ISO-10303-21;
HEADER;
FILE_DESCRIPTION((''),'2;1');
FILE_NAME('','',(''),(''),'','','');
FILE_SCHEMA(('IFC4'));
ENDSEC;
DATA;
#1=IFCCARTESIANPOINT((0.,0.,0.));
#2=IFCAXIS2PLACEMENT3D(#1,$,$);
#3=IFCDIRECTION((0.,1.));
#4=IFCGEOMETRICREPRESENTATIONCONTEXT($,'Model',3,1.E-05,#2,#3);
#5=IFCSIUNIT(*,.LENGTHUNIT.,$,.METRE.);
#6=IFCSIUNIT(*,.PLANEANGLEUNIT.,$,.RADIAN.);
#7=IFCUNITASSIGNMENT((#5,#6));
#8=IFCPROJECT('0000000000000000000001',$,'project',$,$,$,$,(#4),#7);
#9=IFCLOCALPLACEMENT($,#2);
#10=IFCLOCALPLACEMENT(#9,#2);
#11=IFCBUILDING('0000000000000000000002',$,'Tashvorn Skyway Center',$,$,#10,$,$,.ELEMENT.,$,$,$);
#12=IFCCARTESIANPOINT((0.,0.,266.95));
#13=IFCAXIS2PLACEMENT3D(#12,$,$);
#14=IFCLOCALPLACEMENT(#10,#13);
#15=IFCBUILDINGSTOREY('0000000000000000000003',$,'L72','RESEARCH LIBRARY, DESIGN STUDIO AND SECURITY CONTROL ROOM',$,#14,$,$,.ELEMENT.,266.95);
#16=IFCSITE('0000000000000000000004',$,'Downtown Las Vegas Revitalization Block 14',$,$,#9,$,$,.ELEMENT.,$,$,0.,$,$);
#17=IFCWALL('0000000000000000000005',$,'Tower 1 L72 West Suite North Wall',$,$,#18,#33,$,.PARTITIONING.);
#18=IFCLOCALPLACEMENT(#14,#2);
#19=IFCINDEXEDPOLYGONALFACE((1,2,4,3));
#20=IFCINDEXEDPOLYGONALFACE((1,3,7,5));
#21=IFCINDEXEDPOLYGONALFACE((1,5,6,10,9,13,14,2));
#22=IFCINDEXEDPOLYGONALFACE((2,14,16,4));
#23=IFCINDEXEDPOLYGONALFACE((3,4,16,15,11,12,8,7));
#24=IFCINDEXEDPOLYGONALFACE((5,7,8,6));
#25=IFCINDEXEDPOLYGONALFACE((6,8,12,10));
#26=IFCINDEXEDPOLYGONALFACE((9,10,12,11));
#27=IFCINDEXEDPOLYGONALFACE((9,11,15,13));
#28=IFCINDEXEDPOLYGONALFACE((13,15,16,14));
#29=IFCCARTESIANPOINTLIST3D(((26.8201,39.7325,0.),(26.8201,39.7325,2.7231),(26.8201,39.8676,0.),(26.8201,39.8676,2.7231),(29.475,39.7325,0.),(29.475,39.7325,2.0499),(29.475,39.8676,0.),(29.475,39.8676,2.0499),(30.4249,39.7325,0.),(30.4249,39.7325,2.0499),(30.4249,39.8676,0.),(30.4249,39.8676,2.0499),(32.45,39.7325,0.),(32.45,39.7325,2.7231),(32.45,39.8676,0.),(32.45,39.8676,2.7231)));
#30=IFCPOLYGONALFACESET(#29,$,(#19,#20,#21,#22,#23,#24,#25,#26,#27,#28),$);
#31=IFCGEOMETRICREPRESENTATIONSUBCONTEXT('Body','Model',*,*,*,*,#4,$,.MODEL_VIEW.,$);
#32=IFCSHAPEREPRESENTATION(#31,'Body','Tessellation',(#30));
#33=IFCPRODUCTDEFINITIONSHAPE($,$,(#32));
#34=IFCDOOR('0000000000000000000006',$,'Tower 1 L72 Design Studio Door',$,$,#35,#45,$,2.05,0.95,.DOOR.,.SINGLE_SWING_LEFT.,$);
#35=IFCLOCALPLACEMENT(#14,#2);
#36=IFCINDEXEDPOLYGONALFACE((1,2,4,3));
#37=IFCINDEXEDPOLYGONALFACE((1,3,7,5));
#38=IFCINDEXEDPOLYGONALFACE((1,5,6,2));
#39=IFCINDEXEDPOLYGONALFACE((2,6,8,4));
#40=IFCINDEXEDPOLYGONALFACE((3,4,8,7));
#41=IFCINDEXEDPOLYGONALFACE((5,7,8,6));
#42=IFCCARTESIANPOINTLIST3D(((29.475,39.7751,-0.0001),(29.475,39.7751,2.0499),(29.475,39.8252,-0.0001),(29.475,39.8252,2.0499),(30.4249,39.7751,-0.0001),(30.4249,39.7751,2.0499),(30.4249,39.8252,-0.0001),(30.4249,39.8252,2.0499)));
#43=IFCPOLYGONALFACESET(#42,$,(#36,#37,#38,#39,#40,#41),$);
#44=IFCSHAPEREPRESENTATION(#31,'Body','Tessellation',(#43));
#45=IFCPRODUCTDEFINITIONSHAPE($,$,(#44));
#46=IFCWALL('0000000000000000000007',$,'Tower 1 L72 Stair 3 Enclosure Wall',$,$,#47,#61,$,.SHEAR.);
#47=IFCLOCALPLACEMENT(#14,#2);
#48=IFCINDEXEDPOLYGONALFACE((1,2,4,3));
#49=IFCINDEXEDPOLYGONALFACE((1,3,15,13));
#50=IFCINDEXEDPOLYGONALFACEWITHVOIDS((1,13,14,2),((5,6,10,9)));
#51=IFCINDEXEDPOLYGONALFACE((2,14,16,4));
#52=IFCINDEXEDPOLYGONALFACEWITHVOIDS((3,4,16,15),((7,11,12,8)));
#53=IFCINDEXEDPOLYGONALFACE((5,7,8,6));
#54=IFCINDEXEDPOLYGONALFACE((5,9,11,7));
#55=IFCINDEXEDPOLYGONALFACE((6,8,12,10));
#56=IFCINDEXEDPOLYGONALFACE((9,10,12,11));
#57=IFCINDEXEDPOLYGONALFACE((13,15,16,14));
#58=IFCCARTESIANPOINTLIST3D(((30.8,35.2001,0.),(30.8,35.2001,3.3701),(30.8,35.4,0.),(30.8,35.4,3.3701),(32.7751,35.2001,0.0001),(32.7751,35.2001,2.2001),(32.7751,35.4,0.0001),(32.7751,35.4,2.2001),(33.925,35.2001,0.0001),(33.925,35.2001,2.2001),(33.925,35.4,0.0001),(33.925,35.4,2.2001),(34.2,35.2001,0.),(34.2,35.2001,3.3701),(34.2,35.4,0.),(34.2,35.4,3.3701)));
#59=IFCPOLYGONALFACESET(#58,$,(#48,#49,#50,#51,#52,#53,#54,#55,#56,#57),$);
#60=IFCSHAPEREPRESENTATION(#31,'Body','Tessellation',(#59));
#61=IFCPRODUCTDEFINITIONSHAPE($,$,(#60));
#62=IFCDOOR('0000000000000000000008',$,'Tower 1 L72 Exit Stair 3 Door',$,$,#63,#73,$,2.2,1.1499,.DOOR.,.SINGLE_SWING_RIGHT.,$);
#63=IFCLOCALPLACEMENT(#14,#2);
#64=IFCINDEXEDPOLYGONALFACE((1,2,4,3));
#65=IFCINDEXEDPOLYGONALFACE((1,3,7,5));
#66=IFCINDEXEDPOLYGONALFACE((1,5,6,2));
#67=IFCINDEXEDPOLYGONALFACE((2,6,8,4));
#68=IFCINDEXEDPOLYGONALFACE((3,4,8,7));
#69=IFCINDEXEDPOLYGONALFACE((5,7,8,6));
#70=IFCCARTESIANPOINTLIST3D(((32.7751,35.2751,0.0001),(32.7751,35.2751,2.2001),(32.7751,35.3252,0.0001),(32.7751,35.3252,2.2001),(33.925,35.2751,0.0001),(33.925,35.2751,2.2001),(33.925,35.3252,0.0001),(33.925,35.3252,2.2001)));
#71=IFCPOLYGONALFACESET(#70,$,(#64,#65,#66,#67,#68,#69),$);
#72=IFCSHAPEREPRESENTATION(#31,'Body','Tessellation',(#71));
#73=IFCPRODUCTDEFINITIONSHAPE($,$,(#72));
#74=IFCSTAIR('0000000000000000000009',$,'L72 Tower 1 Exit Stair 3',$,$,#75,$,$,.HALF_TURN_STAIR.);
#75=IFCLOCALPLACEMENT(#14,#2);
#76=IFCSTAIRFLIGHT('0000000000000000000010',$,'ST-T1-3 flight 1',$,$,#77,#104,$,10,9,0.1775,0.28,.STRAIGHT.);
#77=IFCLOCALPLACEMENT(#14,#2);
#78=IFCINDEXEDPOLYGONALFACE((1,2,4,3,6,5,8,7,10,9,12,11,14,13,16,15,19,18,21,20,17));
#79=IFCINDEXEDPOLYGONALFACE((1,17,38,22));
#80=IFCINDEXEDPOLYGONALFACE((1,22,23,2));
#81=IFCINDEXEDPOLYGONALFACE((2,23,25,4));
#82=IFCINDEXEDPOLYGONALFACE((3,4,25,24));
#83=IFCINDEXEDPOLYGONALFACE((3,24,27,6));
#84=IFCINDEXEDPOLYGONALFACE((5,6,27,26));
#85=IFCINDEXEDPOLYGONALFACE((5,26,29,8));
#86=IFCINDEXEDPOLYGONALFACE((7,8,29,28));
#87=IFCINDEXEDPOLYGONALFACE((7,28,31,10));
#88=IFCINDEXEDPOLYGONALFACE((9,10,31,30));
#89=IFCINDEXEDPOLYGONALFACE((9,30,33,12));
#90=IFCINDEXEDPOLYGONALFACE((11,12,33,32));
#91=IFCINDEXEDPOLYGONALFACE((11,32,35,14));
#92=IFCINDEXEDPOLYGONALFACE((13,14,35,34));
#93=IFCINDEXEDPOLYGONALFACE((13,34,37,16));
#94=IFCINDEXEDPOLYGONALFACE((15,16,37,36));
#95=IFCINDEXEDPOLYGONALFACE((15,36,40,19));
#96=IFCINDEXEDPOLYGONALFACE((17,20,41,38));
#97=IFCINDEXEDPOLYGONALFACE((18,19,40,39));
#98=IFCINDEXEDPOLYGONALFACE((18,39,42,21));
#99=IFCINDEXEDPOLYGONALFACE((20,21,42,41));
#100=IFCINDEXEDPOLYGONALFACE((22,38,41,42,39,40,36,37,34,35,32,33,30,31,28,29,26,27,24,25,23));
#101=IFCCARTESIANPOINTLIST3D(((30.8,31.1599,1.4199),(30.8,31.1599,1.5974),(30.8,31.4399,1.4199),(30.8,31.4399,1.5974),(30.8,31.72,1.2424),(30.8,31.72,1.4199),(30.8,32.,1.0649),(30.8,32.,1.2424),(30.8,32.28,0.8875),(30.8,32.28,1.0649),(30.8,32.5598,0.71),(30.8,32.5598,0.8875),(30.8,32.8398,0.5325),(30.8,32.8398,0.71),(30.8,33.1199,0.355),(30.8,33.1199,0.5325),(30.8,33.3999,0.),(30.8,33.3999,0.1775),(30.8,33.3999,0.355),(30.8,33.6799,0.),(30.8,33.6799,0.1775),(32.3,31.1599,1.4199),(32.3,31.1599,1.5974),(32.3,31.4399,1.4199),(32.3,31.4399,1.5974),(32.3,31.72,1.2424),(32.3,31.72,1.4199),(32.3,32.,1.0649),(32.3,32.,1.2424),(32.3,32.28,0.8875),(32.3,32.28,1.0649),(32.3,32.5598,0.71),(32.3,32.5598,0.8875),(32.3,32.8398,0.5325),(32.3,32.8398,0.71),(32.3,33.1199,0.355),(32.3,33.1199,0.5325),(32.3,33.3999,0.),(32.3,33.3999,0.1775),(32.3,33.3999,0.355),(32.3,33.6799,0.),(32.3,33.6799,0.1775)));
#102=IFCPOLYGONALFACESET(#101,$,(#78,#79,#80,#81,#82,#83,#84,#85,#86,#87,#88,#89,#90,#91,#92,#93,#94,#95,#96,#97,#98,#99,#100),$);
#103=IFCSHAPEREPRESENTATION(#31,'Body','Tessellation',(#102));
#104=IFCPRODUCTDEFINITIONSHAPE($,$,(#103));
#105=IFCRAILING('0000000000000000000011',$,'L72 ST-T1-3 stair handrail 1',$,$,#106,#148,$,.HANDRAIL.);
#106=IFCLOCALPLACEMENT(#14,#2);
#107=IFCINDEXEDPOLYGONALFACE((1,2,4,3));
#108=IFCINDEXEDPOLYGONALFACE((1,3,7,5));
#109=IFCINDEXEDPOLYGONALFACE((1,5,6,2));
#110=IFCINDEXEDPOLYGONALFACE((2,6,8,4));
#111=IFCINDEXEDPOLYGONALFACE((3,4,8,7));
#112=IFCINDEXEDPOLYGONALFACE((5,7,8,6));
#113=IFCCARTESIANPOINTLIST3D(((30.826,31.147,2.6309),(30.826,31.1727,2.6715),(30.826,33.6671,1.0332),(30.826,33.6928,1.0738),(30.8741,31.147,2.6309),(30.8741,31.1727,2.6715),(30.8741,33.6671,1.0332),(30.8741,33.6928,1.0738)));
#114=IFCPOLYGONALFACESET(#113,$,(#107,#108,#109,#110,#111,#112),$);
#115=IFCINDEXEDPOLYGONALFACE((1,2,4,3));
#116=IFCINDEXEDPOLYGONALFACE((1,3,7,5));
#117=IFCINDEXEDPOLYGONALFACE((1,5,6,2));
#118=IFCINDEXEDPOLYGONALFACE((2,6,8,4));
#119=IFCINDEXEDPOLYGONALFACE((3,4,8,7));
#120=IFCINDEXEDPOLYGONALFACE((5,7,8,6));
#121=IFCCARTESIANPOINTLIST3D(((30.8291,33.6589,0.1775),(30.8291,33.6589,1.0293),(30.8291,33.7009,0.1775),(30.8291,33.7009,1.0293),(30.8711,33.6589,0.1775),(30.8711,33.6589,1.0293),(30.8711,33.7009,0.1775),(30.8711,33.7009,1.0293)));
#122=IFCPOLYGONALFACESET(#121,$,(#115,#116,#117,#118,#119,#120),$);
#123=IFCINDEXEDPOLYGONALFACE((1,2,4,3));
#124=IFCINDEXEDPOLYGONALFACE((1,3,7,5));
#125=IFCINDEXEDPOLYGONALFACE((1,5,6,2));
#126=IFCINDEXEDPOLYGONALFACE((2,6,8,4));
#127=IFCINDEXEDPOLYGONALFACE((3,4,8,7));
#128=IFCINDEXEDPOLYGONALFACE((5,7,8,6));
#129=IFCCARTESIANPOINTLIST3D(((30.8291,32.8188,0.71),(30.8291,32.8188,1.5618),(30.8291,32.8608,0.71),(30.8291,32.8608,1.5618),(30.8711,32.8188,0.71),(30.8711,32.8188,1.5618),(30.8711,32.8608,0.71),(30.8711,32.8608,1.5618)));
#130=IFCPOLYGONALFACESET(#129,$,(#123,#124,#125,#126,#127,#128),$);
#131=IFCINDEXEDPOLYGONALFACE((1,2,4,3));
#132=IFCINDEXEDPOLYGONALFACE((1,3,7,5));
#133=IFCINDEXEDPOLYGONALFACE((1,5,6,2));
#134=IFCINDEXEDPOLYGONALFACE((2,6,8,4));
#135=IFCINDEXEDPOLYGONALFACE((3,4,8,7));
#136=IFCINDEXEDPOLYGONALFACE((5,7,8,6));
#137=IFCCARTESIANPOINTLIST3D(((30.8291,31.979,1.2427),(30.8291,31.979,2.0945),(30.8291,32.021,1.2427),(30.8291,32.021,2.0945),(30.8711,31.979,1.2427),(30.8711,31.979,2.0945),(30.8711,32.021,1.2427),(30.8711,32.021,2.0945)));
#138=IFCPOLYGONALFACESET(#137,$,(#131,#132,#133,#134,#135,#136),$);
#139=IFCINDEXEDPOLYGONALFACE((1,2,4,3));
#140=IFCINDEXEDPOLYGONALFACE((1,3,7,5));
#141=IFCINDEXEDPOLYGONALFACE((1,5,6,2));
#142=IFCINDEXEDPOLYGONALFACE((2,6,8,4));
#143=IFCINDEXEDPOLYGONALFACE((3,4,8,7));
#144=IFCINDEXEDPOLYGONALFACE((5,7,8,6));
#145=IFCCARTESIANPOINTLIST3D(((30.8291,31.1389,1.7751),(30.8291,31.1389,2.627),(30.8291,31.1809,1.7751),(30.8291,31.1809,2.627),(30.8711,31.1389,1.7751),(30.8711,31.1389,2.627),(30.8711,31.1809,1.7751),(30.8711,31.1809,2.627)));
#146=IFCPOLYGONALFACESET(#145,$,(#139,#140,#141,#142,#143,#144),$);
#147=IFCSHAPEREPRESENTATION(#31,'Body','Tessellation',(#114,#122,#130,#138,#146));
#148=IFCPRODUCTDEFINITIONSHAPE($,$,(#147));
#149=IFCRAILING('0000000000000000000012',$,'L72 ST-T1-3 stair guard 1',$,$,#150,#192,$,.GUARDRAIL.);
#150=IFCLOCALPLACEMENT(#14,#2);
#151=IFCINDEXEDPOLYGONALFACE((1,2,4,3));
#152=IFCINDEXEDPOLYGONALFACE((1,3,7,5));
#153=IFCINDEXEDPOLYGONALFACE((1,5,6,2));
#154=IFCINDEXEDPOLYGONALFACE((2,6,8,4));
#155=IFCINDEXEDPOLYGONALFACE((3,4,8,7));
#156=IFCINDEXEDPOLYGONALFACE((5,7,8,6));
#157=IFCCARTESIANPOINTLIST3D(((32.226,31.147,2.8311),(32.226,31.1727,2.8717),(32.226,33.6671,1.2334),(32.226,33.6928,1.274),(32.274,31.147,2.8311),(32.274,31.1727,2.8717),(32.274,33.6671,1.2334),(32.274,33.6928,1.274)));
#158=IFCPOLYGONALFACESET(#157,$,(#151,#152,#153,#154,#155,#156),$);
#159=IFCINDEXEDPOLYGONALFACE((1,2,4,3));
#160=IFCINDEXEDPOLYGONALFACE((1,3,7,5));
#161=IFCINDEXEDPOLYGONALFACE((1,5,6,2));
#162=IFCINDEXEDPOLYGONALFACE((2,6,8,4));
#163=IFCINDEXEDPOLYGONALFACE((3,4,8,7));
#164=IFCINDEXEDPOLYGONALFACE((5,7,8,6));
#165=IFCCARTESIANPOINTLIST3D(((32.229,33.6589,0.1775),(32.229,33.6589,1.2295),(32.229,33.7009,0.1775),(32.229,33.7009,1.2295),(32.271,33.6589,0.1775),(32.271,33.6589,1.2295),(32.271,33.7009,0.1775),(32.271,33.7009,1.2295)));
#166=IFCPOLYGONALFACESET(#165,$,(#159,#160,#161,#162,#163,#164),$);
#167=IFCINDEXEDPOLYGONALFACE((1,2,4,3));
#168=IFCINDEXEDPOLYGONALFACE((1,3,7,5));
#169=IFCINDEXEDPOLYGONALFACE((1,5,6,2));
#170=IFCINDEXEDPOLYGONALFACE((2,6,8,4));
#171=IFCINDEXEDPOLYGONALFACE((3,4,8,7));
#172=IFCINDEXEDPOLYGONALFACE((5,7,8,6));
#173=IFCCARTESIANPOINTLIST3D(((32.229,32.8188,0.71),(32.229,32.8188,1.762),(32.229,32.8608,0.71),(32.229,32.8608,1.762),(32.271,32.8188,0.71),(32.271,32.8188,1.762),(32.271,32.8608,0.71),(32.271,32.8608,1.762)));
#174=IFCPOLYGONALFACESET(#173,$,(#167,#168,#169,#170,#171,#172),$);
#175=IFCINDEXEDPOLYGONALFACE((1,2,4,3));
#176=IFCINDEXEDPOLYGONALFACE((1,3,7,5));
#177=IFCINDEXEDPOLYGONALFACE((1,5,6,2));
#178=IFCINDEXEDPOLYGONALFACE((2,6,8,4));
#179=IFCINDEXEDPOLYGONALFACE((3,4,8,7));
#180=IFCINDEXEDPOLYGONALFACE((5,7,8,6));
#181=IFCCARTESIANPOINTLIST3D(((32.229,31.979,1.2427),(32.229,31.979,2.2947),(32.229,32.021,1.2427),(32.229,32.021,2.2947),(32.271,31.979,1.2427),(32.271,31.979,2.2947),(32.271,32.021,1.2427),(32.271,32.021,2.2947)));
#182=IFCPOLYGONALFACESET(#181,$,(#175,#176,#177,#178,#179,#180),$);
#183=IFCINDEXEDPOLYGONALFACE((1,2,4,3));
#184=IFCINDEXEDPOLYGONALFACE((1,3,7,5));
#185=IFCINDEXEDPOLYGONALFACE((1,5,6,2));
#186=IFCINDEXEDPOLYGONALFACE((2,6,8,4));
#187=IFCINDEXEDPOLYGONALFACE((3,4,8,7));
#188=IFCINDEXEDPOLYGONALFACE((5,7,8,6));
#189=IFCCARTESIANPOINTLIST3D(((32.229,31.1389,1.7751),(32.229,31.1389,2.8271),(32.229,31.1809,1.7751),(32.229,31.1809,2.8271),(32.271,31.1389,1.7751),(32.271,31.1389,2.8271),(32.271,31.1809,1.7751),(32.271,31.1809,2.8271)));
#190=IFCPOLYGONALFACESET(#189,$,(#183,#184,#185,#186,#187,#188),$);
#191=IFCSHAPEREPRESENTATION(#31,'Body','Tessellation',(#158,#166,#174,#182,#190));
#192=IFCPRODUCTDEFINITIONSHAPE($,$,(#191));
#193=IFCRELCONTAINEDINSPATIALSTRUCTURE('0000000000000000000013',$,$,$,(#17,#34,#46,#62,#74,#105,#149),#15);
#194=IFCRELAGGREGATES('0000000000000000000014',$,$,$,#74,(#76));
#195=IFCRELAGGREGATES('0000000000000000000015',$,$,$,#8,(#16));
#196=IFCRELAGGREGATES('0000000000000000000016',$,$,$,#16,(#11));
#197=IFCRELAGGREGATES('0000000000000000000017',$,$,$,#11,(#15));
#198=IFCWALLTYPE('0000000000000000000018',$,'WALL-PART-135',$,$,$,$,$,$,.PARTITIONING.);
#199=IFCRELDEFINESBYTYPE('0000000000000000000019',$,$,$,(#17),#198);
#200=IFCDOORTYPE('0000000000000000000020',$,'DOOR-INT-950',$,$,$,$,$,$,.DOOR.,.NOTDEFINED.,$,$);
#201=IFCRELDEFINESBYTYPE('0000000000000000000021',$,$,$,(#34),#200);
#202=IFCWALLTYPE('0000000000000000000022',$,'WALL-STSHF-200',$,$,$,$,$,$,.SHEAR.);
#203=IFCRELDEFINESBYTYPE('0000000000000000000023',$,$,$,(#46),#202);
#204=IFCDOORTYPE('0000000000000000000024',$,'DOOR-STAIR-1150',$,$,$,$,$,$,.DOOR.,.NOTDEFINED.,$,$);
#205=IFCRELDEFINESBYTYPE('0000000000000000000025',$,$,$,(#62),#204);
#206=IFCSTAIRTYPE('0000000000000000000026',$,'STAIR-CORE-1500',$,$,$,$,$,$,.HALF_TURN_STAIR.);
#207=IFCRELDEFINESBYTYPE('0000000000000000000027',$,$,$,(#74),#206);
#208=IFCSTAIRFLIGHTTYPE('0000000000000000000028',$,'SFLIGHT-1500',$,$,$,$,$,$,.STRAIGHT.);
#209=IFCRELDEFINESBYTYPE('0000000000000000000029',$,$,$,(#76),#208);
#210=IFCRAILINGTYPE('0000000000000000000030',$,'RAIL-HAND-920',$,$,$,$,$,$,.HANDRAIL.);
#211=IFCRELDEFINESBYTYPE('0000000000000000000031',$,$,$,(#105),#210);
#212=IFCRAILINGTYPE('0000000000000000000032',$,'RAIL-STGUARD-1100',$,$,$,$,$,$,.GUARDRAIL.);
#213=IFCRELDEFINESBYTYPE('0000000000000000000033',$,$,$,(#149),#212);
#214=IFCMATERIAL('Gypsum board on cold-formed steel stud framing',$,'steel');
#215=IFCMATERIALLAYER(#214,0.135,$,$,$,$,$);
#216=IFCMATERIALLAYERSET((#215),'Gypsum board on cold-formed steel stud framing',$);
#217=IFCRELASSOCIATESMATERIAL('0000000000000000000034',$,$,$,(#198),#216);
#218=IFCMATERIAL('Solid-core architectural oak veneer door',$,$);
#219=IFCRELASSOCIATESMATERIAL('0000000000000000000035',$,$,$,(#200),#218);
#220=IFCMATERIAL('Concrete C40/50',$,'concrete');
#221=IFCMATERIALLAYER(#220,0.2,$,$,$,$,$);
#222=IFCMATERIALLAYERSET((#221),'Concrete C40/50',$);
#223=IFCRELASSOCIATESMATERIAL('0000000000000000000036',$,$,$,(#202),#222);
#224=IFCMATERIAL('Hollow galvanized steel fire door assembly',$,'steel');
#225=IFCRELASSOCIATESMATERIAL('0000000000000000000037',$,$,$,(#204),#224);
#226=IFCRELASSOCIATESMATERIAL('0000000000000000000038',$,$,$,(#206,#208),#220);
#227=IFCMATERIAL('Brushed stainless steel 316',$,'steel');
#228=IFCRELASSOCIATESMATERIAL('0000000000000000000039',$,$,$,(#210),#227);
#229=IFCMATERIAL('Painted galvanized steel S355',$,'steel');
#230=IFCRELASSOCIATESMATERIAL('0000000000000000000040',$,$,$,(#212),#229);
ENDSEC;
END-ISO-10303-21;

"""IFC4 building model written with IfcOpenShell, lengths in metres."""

from ifc_helpers import new_model, si_unit, direction, frame, frame_2d, origin, origin_2d, place, context, subcontext, project, spatial, polyline, rectangle, outline, extrude, material, layer, layer_set, type_object, element, fill, aggregate, save


model = new_model("IFC4")

# Units and contexts
model_context = context("Model", 3, precision=1e-05, world=origin(), true_north=direction((0.0, 1.0)))
body_context = subcontext(model_context, "Body", "Model", "MODEL_VIEW")
ifc_project = project(units=[si_unit("LENGTHUNIT", "METRE"), si_unit("PLANEANGLEUNIT", "RADIAN")], contexts=[model_context])

# Site, building, storey
site_placement = place(None, origin())
site = spatial("IfcSite", under=ifc_project, at=site_placement, Name="Downtown Las Vegas Revitalization Block 14", CompositionType="ELEMENT", RefElevation=0.0)
building_placement = place(site_placement, origin())
building = spatial("IfcBuilding", under=site, at=building_placement, Name="Tashvorn Skyway Center", CompositionType="ELEMENT")
storey_placement = place(building_placement, frame((0.0, 0.0, 266.95)))
storey = spatial("IfcBuildingStorey", under=building, at=storey_placement, Name="L72", Description="RESEARCH LIBRARY, DESIGN STUDIO AND SECURITY CONTROL ROOM", CompositionType="ELEMENT", Elevation=266.95)

# Shared definitions
ifc_material_1 = material(Name="Gypsum board on cold-formed steel stud framing", Category="steel")
ifc_layer_1 = layer(ifc_material_1, 0.135)
ifc_layer_set_1 = layer_set([ifc_layer_1], Name="Gypsum board on cold-formed steel stud framing")
wall_type_1 = type_object("IfcWallType", Name="WALL-PART-135", PredefinedType="PARTITIONING", material=ifc_layer_set_1)

# Shared definitions
ifc_material_2 = material(Name="Solid-core architectural oak veneer door")
door_type_1 = type_object("IfcDoorType", Name="DOOR-INT-950", OperationType="NOTDEFINED", PredefinedType="DOOR", material=ifc_material_2)

# Walls, openings, doors
wall_1_placement = place(storey_placement, frame((32.45, 39.8, 0.0), z_axis=(0.0, 0.0, 1.0), x_axis=(-1.0, 0.0, 0.0)))
wall_1 = element("IfcWall", 1, at=wall_1_placement, inside=storey, type_object=wall_type_1, Name="Tower 1 L72 West Suite North Wall", PredefinedType="PARTITIONING", context=body_context, shape_type="SweptSolid", body=[
    extrude(rectangle(XDim=5.6299, YDim=0.135, at=frame_2d((2.8149, 0.0))), origin(), (0.0, 0.0, 1.0), 2.7231),
])
opening_1_placement = place(wall_1_placement, frame((2.0249, 0.0, 0.0)))
opening_1 = element("IfcOpeningElement", 2, at=opening_1_placement, cuts=wall_1, PredefinedType="OPENING", context=body_context, shape_type="SweptSolid", body=[
    extrude(rectangle(XDim=0.95, YDim=2.05, at=frame_2d((0.4751, 1.0249))), frame((0.0, 0.0774, 0.0), z_axis=(0.0, -1.0, 0.0), x_axis=(1.0, 0.0, 0.0)), (0.0, 0.0, 1.0), 0.155),
])
door_1_placement = place(opening_1_placement, origin())
door_1 = element("IfcDoor", 3, at=door_1_placement, inside=storey, type_object=door_type_1, Name="Tower 1 L72 Design Studio Door", OperationType="SINGLE_SWING_LEFT", OverallHeight=2.05, OverallWidth=0.95, PredefinedType="DOOR", context=body_context, shape_type="SweptSolid", body=[
    extrude(rectangle(XDim=0.95, YDim=2.05, at=frame_2d((0.4751, 1.0249))), frame((0.0, 0.0249, 0.0), z_axis=(0.0, -1.0, 0.0), x_axis=(1.0, 0.0, 0.0)), (0.0, 0.0, 1.0), 0.05),
])
fill(opening_1, door_1)
ifc_material_3 = material(Name="Concrete C40/50", Category="concrete")
ifc_layer_2 = layer(ifc_material_3, 0.2)
ifc_layer_set_2 = layer_set([ifc_layer_2], Name="Concrete C40/50")
wall_type_2 = type_object("IfcWallType", Name="WALL-STSHF-200", PredefinedType="SHEAR", material=ifc_layer_set_2)
wall_2_placement = place(storey_placement, frame((34.2, 35.3, 0.0), z_axis=(0.0, 0.0, 1.0), x_axis=(-1.0, 0.0, 0.0)))
wall_2 = element("IfcWall", 4, at=wall_2_placement, inside=storey, type_object=wall_type_2, Name="Tower 1 L72 Stair 3 Enclosure Wall", PredefinedType="SHEAR", context=body_context, shape_type="SweptSolid", body=[
    extrude(rectangle(XDim=3.3999, YDim=0.2, at=frame_2d((1.7, 0.0))), origin(), (0.0, 0.0, 1.0), 3.3701),
])
opening_2_placement = place(wall_2_placement, frame((0.2749, 0.0, 0.0)))
opening_2 = element("IfcOpeningElement", 5, at=opening_2_placement, cuts=wall_2, PredefinedType="OPENING", context=body_context, shape_type="SweptSolid", body=[
    extrude(rectangle(XDim=1.1499, YDim=2.2, at=frame_2d((0.575, 1.1001))), frame((0.0, 0.1099, 0.0), z_axis=(0.0, -1.0, 0.0), x_axis=(1.0, 0.0, 0.0)), (0.0, 0.0, 1.0), 0.22),
])
ifc_material_4 = material(Name="Hollow galvanized steel fire door assembly", Category="steel")
door_type_2 = type_object("IfcDoorType", Name="DOOR-STAIR-1150", OperationType="NOTDEFINED", PredefinedType="DOOR", material=ifc_material_4)
door_2_placement = place(opening_2_placement, origin())
door_2 = element("IfcDoor", 6, at=door_2_placement, inside=storey, type_object=door_type_2, Name="Tower 1 L72 Exit Stair 3 Door", OperationType="SINGLE_SWING_RIGHT", OverallHeight=2.2, OverallWidth=1.1499, PredefinedType="DOOR", context=body_context, shape_type="SweptSolid", body=[
    extrude(rectangle(XDim=1.1499, YDim=2.2, at=frame_2d((0.575, 1.1001))), frame((0.0, 0.0249, 0.0), z_axis=(0.0, -1.0, 0.0), x_axis=(1.0, 0.0, 0.0)), (0.0, 0.0, 1.0), 0.05),
])
fill(opening_2, door_2)

# Stair, stair flight
stair_type = type_object("IfcStairType", Name="STAIR-CORE-1500", PredefinedType="HALF_TURN_STAIR", material=ifc_material_3)
stair_placement = place(storey_placement, origin())
stair = element("IfcStair", 7, at=stair_placement, inside=storey, type_object=stair_type, Name="L72 Tower 1 Exit Stair 3", PredefinedType="HALF_TURN_STAIR")
stair_flight_type = type_object("IfcStairFlightType", Name="SFLIGHT-1500", PredefinedType="STRAIGHT", material=ifc_material_3)
stair_flight_placement = place(storey_placement, frame((31.55, 33.6799, 0.0), z_axis=(0.0, 0.0, 1.0), x_axis=(0.0, -1.0, 0.0)))
stair_flight = element("IfcStairFlight", 8, at=stair_flight_placement, type_object=stair_flight_type, Name="ST-T1-3 flight 1", NumberOfRisers=10, NumberOfTreads=9, PredefinedType="STRAIGHT", RiserHeight=0.1775, TreadLength=0.28, context=body_context, shape_type="SweptSolid", body=[
    extrude(outline(polyline([(0.0, 0.0), (0.0, 0.1775), (0.28, 0.1775), (0.28, 0.355), (0.5601, 0.355), (0.5601, 0.5325), (0.8401, 0.5325), (0.8401, 0.71), (1.1201, 0.71), (1.1201, 0.8875), (1.3999, 0.8875), (1.3999, 1.0649), (1.6799, 1.0649), (1.6799, 1.2424), (1.96, 1.2424), (1.96, 1.4199), (2.24, 1.4199), (2.24, 1.5974), (2.52, 1.5974), (2.52, 1.7749), (2.52, 1.4199), (0.28, 0.0), (0.0, 0.0)])), frame((0.0, 0.75, 0.0), z_axis=(0.0, -1.0, 0.0), x_axis=(1.0, 0.0, 0.0)), (0.0, 0.0, 1.0), 1.5),
])
aggregate(stair, [stair_flight])

# Railings
ifc_material_5 = material(Name="Brushed stainless steel 316", Category="steel")
railing_type_1 = type_object("IfcRailingType", Name="RAIL-HAND-920", PredefinedType="HANDRAIL", material=ifc_material_5)
railing_1_placement = place(storey_placement, frame((30.8501, 33.6799, 0.1775)))
element("IfcRailing", 9, at=railing_1_placement, inside=storey, type_object=railing_type_1, Name="L72 ST-T1-3 stair handrail 1", PredefinedType="HANDRAIL", context=body_context, shape_type="SweptSolid", body=[
    extrude(rectangle(XDim=0.0481, YDim=0.0481, at=origin_2d()), frame((0.0, 0.0, 0.876), z_axis=(0.0, -0.84457, 0.535445), x_axis=(1.0, 0.0, 0.0)), (0.0, 0.0, 1.0), 2.9839),
    extrude(rectangle(XDim=0.042, YDim=0.042, at=origin_2d()), origin(), (0.0, 0.0, 1.0), 0.8518),
    extrude(rectangle(XDim=0.042, YDim=0.042, at=origin_2d()), frame((0.0, -0.8401, 0.5325)), (0.0, 0.0, 1.0), 0.8518),
    extrude(rectangle(XDim=0.042, YDim=0.042, at=origin_2d()), frame((0.0, -1.6799, 1.0652)), (0.0, 0.0, 1.0), 0.8518),
    extrude(rectangle(XDim=0.042, YDim=0.042, at=origin_2d()), frame((0.0, -2.52, 1.5977)), (0.0, 0.0, 1.0), 0.8518),
])
ifc_material_6 = material(Name="Painted galvanized steel S355", Category="steel")
railing_type_2 = type_object("IfcRailingType", Name="RAIL-STGUARD-1100", PredefinedType="GUARDRAIL", material=ifc_material_6)
railing_2_placement = place(storey_placement, frame((32.25, 33.6799, 0.1775)))
element("IfcRailing", 10, at=railing_2_placement, inside=storey, type_object=railing_type_2, Name="L72 ST-T1-3 stair guard 1", PredefinedType="GUARDRAIL", context=body_context, shape_type="SweptSolid", body=[
    extrude(rectangle(XDim=0.0481, YDim=0.0481, at=origin_2d()), frame((0.0, 0.0, 1.0762), z_axis=(0.0, -0.84457, 0.535445), x_axis=(1.0, 0.0, 0.0)), (0.0, 0.0, 1.0), 2.9839),
    extrude(rectangle(XDim=0.042, YDim=0.042, at=origin_2d()), origin(), (0.0, 0.0, 1.0), 1.052),
    extrude(rectangle(XDim=0.042, YDim=0.042, at=origin_2d()), frame((0.0, -0.8401, 0.5325)), (0.0, 0.0, 1.0), 1.052),
    extrude(rectangle(XDim=0.042, YDim=0.042, at=origin_2d()), frame((0.0, -1.6799, 1.0652)), (0.0, 0.0, 1.0), 1.052),
    extrude(rectangle(XDim=0.042, YDim=0.042, at=origin_2d()), frame((0.0, -2.52, 1.5977)), (0.0, 0.0, 1.0), 1.052),
])

save(model, "model.ifc")
